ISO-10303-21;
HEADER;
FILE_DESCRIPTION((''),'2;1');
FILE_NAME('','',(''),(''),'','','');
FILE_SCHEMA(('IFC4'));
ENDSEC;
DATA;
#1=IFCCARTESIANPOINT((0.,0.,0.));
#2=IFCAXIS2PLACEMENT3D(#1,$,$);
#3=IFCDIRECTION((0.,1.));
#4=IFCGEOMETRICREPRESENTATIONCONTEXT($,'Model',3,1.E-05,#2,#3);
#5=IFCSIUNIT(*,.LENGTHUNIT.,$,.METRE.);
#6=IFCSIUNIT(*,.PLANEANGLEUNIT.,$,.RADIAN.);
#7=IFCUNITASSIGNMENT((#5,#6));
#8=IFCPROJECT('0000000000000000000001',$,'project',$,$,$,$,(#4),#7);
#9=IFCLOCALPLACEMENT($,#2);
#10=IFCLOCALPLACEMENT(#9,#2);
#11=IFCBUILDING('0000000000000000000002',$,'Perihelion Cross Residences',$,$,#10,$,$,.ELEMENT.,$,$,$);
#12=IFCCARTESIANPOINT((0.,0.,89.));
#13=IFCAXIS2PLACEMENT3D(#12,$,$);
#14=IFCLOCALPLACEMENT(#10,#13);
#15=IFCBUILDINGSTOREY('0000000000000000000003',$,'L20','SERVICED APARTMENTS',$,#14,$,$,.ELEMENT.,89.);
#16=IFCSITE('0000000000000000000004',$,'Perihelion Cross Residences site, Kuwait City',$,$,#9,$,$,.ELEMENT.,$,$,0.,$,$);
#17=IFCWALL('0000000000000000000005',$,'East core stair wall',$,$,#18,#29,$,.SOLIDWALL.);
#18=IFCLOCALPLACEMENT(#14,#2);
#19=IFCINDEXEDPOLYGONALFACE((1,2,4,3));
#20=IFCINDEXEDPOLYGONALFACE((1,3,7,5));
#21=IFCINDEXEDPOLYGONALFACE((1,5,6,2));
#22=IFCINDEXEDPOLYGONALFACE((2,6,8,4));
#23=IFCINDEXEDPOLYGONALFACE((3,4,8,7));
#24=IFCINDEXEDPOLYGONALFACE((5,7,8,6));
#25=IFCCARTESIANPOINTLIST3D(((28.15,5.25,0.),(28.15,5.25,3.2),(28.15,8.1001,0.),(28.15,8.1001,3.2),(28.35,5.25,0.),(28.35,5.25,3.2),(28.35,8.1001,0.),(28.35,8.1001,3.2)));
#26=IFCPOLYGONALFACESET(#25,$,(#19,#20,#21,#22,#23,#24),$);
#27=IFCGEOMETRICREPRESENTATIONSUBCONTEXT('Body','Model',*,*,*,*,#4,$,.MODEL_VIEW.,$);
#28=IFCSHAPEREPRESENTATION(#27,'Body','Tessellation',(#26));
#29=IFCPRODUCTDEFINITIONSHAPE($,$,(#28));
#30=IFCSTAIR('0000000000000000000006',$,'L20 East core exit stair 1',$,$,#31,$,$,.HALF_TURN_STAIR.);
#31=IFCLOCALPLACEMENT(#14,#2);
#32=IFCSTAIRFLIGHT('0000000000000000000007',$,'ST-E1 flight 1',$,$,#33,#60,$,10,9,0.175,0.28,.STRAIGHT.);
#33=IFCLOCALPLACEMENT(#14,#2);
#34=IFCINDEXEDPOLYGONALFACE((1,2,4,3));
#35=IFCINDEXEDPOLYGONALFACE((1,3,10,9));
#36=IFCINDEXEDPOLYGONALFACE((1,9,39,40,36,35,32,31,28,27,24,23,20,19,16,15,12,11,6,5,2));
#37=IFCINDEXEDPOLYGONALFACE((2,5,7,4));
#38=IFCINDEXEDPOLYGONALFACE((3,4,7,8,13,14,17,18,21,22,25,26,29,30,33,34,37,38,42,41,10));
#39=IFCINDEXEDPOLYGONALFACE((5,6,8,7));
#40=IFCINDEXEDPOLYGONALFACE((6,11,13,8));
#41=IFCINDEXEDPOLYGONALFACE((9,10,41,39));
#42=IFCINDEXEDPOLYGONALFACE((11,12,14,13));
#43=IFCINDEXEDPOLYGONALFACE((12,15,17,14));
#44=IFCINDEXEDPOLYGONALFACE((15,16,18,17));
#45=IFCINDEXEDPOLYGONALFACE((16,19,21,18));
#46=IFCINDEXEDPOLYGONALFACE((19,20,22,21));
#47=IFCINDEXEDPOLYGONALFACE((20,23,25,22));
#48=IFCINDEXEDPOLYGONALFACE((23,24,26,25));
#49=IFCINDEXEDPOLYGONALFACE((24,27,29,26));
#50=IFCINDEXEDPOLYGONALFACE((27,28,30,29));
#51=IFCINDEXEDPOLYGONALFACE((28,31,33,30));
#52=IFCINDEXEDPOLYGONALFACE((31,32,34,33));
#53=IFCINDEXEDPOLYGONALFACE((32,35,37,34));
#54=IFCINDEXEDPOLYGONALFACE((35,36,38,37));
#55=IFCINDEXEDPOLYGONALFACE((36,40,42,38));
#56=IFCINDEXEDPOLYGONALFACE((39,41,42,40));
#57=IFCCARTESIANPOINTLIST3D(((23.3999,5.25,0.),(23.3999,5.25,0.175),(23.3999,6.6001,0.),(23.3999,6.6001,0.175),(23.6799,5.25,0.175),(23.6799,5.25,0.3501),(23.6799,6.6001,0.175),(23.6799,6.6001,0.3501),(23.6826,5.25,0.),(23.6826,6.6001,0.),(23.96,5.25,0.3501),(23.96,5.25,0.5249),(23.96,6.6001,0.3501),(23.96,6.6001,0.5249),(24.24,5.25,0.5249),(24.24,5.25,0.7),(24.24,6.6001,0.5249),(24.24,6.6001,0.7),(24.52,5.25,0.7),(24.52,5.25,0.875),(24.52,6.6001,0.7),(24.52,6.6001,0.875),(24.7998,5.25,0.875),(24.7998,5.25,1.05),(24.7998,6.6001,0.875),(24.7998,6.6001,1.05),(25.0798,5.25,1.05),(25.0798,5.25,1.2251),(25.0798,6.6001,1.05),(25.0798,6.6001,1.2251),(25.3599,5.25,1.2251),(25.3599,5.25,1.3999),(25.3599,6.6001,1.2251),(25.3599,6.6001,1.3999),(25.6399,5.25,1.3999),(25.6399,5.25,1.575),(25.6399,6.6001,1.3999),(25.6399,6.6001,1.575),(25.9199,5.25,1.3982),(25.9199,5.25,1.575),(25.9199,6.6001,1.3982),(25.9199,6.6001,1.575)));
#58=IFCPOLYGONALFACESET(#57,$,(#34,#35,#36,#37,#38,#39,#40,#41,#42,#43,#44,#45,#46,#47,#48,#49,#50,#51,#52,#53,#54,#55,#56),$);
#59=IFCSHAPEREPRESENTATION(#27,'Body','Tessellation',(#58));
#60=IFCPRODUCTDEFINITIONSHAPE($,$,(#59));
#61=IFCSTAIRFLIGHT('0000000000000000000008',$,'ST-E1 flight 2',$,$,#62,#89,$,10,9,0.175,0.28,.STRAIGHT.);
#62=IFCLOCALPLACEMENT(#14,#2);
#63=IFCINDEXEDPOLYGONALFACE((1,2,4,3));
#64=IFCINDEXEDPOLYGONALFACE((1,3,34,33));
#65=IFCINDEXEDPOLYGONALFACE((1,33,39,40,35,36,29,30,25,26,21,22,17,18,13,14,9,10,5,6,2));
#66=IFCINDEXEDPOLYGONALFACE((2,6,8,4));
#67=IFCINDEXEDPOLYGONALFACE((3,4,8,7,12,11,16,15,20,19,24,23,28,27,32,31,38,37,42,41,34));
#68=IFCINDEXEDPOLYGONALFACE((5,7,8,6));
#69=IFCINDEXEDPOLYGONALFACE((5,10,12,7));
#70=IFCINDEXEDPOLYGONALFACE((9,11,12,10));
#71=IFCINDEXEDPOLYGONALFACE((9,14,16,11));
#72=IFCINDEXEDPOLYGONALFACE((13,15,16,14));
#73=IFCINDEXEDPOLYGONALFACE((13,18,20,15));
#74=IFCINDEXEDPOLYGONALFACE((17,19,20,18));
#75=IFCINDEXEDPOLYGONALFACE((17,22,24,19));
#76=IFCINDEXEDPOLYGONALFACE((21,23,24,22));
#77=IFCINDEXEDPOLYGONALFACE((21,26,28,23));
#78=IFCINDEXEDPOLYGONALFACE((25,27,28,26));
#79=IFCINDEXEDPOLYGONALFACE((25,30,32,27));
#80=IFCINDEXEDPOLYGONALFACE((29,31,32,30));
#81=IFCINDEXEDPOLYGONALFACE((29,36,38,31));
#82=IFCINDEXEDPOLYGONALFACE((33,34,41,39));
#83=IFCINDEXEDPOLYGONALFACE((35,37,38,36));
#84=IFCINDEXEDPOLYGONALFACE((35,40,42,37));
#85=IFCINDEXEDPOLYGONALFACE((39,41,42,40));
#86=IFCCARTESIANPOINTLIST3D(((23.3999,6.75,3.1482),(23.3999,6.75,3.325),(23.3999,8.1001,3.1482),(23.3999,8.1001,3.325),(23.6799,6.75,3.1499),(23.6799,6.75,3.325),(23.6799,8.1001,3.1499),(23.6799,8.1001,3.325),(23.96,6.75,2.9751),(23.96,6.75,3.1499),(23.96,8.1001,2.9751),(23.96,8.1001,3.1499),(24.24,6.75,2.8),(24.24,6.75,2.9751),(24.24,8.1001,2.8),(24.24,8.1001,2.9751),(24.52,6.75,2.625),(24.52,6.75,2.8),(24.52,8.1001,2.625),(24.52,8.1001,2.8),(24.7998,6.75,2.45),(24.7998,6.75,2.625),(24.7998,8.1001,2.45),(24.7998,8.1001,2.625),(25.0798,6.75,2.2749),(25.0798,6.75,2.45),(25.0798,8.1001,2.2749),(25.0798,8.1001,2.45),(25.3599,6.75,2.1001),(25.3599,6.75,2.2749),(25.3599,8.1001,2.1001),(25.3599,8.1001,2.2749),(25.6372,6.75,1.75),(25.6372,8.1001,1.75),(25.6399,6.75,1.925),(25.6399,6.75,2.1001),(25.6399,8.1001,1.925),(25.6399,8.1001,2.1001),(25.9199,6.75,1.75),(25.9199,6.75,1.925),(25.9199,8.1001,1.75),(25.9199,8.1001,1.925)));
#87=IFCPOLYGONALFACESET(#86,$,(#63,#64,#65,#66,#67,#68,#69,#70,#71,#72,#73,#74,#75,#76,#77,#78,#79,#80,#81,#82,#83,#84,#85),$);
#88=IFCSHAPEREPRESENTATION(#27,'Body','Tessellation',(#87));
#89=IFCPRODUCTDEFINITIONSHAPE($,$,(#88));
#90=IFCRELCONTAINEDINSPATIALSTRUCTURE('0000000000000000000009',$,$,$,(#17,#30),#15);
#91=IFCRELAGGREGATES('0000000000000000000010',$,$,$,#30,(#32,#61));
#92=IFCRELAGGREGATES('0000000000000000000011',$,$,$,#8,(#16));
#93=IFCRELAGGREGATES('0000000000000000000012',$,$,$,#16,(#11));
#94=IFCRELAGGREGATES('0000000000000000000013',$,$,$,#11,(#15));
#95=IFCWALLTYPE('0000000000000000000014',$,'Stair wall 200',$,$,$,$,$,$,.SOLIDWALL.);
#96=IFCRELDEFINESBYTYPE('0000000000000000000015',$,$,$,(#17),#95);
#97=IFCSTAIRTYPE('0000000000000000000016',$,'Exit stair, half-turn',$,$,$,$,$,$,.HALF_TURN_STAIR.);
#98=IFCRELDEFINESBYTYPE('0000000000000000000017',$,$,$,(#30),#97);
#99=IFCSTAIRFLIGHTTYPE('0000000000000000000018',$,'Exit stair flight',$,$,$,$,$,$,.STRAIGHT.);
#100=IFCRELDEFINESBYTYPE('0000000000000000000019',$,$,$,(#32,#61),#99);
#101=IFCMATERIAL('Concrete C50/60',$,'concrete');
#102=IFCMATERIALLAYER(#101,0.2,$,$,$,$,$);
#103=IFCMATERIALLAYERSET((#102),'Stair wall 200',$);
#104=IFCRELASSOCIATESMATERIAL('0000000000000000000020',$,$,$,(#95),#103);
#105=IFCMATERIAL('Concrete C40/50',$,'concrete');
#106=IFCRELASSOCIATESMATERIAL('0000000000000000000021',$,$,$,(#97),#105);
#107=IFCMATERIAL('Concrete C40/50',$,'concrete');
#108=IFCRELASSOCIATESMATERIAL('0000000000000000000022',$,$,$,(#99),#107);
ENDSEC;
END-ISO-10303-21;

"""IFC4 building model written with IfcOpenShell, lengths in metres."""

from ifc_helpers import new_model, si_unit, direction, frame, frame_2d, origin, place, context, subcontext, project, spatial, polyline, rectangle, outline, extrude, material, layer, layer_set, type_object, element, aggregate, save


model = new_model("IFC4")

# Units and contexts
model_context = context("Model", 3, precision=1e-05, world=origin(), true_north=direction((0.0, 1.0)))
body_context = subcontext(model_context, "Body", "Model", "MODEL_VIEW")
ifc_project = project(units=[si_unit("LENGTHUNIT", "METRE"), si_unit("PLANEANGLEUNIT", "RADIAN")], contexts=[model_context])

# Site, building, storey
site_placement = place(None, origin())
site = spatial("IfcSite", under=ifc_project, at=site_placement, Name="Perihelion Cross Residences site, Kuwait City", CompositionType="ELEMENT", RefElevation=0.0)
building_placement = place(site_placement, origin())
building = spatial("IfcBuilding", under=site, at=building_placement, Name="Perihelion Cross Residences", CompositionType="ELEMENT")
storey_placement = place(building_placement, frame((0.0, 0.0, 89.0)))
storey = spatial("IfcBuildingStorey", under=building, at=storey_placement, Name="L20", Description="SERVICED APARTMENTS", CompositionType="ELEMENT", Elevation=89.0)

# Shared definitions
ifc_material_1 = material(Name="Concrete C50/60", Category="concrete")
ifc_layer_1 = layer(ifc_material_1, 0.2)
ifc_layer_set_1 = layer_set([ifc_layer_1], Name="Stair wall 200")
wall_type_1 = type_object("IfcWallType", Name="Stair wall 200", PredefinedType="SOLIDWALL", material=ifc_layer_set_1)

# Wall
wall_1_placement = place(storey_placement, frame((28.25, 5.25, 0.0), z_axis=(0.0, 0.0, 1.0), x_axis=(0.0, 1.0, 0.0)))
element("IfcWall", 1, at=wall_1_placement, inside=storey, type_object=wall_type_1, Name="East core stair wall", PredefinedType="SOLIDWALL", context=body_context, shape_type="SweptSolid", body=[
    extrude(rectangle(XDim=2.8501, YDim=0.2, at=frame_2d((1.425, 0.0))), origin(), (0.0, 0.0, 1.0), 3.2),
])

# Stair, stair flights
ifc_material_2 = material(Name="Concrete C40/50", Category="concrete")
stair_type = type_object("IfcStairType", Name="Exit stair, half-turn", PredefinedType="HALF_TURN_STAIR", material=ifc_material_2)
stair_placement = place(storey_placement, origin())
stair = element("IfcStair", 2, at=stair_placement, inside=storey, type_object=stair_type, Name="L20 East core exit stair 1", PredefinedType="HALF_TURN_STAIR")
ifc_material_3 = material(Name="Concrete C40/50", Category="concrete")
stair_flight_type = type_object("IfcStairFlightType", Name="Exit stair flight", PredefinedType="STRAIGHT", material=ifc_material_3)
stair_flight_1_placement = place(storey_placement, frame((23.3999, 5.925, 0.0), z_axis=(0.0, 0.0, 1.0), x_axis=(1.0, 0.0, 0.0)))
stair_flight_1 = element("IfcStairFlight", 3, at=stair_flight_1_placement, type_object=stair_flight_type, Name="ST-E1 flight 1", NumberOfRisers=10, NumberOfTreads=9, PredefinedType="STRAIGHT", RiserHeight=0.175, TreadLength=0.28, context=body_context, shape_type="SweptSolid", body=[
    extrude(outline(polyline([(0.0, 0.0), (0.0, 0.175), (0.28, 0.175), (0.28, 0.3501), (0.5601, 0.3501), (0.5601, 0.5249), (0.8401, 0.5249), (0.8401, 0.7), (1.1201, 0.7), (1.1201, 0.875), (1.3999, 0.875), (1.3999, 1.05), (1.6799, 1.05), (1.6799, 1.2251), (1.96, 1.2251), (1.96, 1.3999), (2.24, 1.3999), (2.24, 1.575), (2.52, 1.575), (2.52, 1.75), (2.52, 1.3982), (0.2827, 0.0), (0.0, 0.0)])), frame((0.0, 0.675, 0.0), z_axis=(0.0, -1.0, 0.0), x_axis=(1.0, 0.0, 0.0)), (0.0, 0.0, 1.0), 1.3501),
])
stair_flight_2_placement = place(storey_placement, frame((25.9199, 7.425, 1.75), z_axis=(0.0, 0.0, 1.0), x_axis=(-1.0, 0.0, 0.0)))
stair_flight_2 = element("IfcStairFlight", 4, at=stair_flight_2_placement, type_object=stair_flight_type, Name="ST-E1 flight 2", NumberOfRisers=10, NumberOfTreads=9, PredefinedType="STRAIGHT", RiserHeight=0.175, TreadLength=0.28, context=body_context, shape_type="SweptSolid", body=[
    extrude(outline(polyline([(0.0, 0.0), (0.0, 0.175), (0.28, 0.175), (0.28, 0.3501), (0.5601, 0.3501), (0.5601, 0.5249), (0.8401, 0.5249), (0.8401, 0.7), (1.1201, 0.7), (1.1201, 0.875), (1.3999, 0.875), (1.3999, 1.05), (1.6799, 1.05), (1.6799, 1.2251), (1.96, 1.2251), (1.96, 1.3999), (2.24, 1.3999), (2.24, 1.575), (2.52, 1.575), (2.52, 1.75), (2.52, 1.3982), (0.2827, 0.0), (0.0, 0.0)])), frame((0.0, 0.675, 0.0), z_axis=(0.0, -1.0, 0.0), x_axis=(1.0, 0.0, 0.0)), (0.0, 0.0, 1.0), 1.3501),
])
aggregate(stair, [stair_flight_1, stair_flight_2])

save(model, "model.ifc")
